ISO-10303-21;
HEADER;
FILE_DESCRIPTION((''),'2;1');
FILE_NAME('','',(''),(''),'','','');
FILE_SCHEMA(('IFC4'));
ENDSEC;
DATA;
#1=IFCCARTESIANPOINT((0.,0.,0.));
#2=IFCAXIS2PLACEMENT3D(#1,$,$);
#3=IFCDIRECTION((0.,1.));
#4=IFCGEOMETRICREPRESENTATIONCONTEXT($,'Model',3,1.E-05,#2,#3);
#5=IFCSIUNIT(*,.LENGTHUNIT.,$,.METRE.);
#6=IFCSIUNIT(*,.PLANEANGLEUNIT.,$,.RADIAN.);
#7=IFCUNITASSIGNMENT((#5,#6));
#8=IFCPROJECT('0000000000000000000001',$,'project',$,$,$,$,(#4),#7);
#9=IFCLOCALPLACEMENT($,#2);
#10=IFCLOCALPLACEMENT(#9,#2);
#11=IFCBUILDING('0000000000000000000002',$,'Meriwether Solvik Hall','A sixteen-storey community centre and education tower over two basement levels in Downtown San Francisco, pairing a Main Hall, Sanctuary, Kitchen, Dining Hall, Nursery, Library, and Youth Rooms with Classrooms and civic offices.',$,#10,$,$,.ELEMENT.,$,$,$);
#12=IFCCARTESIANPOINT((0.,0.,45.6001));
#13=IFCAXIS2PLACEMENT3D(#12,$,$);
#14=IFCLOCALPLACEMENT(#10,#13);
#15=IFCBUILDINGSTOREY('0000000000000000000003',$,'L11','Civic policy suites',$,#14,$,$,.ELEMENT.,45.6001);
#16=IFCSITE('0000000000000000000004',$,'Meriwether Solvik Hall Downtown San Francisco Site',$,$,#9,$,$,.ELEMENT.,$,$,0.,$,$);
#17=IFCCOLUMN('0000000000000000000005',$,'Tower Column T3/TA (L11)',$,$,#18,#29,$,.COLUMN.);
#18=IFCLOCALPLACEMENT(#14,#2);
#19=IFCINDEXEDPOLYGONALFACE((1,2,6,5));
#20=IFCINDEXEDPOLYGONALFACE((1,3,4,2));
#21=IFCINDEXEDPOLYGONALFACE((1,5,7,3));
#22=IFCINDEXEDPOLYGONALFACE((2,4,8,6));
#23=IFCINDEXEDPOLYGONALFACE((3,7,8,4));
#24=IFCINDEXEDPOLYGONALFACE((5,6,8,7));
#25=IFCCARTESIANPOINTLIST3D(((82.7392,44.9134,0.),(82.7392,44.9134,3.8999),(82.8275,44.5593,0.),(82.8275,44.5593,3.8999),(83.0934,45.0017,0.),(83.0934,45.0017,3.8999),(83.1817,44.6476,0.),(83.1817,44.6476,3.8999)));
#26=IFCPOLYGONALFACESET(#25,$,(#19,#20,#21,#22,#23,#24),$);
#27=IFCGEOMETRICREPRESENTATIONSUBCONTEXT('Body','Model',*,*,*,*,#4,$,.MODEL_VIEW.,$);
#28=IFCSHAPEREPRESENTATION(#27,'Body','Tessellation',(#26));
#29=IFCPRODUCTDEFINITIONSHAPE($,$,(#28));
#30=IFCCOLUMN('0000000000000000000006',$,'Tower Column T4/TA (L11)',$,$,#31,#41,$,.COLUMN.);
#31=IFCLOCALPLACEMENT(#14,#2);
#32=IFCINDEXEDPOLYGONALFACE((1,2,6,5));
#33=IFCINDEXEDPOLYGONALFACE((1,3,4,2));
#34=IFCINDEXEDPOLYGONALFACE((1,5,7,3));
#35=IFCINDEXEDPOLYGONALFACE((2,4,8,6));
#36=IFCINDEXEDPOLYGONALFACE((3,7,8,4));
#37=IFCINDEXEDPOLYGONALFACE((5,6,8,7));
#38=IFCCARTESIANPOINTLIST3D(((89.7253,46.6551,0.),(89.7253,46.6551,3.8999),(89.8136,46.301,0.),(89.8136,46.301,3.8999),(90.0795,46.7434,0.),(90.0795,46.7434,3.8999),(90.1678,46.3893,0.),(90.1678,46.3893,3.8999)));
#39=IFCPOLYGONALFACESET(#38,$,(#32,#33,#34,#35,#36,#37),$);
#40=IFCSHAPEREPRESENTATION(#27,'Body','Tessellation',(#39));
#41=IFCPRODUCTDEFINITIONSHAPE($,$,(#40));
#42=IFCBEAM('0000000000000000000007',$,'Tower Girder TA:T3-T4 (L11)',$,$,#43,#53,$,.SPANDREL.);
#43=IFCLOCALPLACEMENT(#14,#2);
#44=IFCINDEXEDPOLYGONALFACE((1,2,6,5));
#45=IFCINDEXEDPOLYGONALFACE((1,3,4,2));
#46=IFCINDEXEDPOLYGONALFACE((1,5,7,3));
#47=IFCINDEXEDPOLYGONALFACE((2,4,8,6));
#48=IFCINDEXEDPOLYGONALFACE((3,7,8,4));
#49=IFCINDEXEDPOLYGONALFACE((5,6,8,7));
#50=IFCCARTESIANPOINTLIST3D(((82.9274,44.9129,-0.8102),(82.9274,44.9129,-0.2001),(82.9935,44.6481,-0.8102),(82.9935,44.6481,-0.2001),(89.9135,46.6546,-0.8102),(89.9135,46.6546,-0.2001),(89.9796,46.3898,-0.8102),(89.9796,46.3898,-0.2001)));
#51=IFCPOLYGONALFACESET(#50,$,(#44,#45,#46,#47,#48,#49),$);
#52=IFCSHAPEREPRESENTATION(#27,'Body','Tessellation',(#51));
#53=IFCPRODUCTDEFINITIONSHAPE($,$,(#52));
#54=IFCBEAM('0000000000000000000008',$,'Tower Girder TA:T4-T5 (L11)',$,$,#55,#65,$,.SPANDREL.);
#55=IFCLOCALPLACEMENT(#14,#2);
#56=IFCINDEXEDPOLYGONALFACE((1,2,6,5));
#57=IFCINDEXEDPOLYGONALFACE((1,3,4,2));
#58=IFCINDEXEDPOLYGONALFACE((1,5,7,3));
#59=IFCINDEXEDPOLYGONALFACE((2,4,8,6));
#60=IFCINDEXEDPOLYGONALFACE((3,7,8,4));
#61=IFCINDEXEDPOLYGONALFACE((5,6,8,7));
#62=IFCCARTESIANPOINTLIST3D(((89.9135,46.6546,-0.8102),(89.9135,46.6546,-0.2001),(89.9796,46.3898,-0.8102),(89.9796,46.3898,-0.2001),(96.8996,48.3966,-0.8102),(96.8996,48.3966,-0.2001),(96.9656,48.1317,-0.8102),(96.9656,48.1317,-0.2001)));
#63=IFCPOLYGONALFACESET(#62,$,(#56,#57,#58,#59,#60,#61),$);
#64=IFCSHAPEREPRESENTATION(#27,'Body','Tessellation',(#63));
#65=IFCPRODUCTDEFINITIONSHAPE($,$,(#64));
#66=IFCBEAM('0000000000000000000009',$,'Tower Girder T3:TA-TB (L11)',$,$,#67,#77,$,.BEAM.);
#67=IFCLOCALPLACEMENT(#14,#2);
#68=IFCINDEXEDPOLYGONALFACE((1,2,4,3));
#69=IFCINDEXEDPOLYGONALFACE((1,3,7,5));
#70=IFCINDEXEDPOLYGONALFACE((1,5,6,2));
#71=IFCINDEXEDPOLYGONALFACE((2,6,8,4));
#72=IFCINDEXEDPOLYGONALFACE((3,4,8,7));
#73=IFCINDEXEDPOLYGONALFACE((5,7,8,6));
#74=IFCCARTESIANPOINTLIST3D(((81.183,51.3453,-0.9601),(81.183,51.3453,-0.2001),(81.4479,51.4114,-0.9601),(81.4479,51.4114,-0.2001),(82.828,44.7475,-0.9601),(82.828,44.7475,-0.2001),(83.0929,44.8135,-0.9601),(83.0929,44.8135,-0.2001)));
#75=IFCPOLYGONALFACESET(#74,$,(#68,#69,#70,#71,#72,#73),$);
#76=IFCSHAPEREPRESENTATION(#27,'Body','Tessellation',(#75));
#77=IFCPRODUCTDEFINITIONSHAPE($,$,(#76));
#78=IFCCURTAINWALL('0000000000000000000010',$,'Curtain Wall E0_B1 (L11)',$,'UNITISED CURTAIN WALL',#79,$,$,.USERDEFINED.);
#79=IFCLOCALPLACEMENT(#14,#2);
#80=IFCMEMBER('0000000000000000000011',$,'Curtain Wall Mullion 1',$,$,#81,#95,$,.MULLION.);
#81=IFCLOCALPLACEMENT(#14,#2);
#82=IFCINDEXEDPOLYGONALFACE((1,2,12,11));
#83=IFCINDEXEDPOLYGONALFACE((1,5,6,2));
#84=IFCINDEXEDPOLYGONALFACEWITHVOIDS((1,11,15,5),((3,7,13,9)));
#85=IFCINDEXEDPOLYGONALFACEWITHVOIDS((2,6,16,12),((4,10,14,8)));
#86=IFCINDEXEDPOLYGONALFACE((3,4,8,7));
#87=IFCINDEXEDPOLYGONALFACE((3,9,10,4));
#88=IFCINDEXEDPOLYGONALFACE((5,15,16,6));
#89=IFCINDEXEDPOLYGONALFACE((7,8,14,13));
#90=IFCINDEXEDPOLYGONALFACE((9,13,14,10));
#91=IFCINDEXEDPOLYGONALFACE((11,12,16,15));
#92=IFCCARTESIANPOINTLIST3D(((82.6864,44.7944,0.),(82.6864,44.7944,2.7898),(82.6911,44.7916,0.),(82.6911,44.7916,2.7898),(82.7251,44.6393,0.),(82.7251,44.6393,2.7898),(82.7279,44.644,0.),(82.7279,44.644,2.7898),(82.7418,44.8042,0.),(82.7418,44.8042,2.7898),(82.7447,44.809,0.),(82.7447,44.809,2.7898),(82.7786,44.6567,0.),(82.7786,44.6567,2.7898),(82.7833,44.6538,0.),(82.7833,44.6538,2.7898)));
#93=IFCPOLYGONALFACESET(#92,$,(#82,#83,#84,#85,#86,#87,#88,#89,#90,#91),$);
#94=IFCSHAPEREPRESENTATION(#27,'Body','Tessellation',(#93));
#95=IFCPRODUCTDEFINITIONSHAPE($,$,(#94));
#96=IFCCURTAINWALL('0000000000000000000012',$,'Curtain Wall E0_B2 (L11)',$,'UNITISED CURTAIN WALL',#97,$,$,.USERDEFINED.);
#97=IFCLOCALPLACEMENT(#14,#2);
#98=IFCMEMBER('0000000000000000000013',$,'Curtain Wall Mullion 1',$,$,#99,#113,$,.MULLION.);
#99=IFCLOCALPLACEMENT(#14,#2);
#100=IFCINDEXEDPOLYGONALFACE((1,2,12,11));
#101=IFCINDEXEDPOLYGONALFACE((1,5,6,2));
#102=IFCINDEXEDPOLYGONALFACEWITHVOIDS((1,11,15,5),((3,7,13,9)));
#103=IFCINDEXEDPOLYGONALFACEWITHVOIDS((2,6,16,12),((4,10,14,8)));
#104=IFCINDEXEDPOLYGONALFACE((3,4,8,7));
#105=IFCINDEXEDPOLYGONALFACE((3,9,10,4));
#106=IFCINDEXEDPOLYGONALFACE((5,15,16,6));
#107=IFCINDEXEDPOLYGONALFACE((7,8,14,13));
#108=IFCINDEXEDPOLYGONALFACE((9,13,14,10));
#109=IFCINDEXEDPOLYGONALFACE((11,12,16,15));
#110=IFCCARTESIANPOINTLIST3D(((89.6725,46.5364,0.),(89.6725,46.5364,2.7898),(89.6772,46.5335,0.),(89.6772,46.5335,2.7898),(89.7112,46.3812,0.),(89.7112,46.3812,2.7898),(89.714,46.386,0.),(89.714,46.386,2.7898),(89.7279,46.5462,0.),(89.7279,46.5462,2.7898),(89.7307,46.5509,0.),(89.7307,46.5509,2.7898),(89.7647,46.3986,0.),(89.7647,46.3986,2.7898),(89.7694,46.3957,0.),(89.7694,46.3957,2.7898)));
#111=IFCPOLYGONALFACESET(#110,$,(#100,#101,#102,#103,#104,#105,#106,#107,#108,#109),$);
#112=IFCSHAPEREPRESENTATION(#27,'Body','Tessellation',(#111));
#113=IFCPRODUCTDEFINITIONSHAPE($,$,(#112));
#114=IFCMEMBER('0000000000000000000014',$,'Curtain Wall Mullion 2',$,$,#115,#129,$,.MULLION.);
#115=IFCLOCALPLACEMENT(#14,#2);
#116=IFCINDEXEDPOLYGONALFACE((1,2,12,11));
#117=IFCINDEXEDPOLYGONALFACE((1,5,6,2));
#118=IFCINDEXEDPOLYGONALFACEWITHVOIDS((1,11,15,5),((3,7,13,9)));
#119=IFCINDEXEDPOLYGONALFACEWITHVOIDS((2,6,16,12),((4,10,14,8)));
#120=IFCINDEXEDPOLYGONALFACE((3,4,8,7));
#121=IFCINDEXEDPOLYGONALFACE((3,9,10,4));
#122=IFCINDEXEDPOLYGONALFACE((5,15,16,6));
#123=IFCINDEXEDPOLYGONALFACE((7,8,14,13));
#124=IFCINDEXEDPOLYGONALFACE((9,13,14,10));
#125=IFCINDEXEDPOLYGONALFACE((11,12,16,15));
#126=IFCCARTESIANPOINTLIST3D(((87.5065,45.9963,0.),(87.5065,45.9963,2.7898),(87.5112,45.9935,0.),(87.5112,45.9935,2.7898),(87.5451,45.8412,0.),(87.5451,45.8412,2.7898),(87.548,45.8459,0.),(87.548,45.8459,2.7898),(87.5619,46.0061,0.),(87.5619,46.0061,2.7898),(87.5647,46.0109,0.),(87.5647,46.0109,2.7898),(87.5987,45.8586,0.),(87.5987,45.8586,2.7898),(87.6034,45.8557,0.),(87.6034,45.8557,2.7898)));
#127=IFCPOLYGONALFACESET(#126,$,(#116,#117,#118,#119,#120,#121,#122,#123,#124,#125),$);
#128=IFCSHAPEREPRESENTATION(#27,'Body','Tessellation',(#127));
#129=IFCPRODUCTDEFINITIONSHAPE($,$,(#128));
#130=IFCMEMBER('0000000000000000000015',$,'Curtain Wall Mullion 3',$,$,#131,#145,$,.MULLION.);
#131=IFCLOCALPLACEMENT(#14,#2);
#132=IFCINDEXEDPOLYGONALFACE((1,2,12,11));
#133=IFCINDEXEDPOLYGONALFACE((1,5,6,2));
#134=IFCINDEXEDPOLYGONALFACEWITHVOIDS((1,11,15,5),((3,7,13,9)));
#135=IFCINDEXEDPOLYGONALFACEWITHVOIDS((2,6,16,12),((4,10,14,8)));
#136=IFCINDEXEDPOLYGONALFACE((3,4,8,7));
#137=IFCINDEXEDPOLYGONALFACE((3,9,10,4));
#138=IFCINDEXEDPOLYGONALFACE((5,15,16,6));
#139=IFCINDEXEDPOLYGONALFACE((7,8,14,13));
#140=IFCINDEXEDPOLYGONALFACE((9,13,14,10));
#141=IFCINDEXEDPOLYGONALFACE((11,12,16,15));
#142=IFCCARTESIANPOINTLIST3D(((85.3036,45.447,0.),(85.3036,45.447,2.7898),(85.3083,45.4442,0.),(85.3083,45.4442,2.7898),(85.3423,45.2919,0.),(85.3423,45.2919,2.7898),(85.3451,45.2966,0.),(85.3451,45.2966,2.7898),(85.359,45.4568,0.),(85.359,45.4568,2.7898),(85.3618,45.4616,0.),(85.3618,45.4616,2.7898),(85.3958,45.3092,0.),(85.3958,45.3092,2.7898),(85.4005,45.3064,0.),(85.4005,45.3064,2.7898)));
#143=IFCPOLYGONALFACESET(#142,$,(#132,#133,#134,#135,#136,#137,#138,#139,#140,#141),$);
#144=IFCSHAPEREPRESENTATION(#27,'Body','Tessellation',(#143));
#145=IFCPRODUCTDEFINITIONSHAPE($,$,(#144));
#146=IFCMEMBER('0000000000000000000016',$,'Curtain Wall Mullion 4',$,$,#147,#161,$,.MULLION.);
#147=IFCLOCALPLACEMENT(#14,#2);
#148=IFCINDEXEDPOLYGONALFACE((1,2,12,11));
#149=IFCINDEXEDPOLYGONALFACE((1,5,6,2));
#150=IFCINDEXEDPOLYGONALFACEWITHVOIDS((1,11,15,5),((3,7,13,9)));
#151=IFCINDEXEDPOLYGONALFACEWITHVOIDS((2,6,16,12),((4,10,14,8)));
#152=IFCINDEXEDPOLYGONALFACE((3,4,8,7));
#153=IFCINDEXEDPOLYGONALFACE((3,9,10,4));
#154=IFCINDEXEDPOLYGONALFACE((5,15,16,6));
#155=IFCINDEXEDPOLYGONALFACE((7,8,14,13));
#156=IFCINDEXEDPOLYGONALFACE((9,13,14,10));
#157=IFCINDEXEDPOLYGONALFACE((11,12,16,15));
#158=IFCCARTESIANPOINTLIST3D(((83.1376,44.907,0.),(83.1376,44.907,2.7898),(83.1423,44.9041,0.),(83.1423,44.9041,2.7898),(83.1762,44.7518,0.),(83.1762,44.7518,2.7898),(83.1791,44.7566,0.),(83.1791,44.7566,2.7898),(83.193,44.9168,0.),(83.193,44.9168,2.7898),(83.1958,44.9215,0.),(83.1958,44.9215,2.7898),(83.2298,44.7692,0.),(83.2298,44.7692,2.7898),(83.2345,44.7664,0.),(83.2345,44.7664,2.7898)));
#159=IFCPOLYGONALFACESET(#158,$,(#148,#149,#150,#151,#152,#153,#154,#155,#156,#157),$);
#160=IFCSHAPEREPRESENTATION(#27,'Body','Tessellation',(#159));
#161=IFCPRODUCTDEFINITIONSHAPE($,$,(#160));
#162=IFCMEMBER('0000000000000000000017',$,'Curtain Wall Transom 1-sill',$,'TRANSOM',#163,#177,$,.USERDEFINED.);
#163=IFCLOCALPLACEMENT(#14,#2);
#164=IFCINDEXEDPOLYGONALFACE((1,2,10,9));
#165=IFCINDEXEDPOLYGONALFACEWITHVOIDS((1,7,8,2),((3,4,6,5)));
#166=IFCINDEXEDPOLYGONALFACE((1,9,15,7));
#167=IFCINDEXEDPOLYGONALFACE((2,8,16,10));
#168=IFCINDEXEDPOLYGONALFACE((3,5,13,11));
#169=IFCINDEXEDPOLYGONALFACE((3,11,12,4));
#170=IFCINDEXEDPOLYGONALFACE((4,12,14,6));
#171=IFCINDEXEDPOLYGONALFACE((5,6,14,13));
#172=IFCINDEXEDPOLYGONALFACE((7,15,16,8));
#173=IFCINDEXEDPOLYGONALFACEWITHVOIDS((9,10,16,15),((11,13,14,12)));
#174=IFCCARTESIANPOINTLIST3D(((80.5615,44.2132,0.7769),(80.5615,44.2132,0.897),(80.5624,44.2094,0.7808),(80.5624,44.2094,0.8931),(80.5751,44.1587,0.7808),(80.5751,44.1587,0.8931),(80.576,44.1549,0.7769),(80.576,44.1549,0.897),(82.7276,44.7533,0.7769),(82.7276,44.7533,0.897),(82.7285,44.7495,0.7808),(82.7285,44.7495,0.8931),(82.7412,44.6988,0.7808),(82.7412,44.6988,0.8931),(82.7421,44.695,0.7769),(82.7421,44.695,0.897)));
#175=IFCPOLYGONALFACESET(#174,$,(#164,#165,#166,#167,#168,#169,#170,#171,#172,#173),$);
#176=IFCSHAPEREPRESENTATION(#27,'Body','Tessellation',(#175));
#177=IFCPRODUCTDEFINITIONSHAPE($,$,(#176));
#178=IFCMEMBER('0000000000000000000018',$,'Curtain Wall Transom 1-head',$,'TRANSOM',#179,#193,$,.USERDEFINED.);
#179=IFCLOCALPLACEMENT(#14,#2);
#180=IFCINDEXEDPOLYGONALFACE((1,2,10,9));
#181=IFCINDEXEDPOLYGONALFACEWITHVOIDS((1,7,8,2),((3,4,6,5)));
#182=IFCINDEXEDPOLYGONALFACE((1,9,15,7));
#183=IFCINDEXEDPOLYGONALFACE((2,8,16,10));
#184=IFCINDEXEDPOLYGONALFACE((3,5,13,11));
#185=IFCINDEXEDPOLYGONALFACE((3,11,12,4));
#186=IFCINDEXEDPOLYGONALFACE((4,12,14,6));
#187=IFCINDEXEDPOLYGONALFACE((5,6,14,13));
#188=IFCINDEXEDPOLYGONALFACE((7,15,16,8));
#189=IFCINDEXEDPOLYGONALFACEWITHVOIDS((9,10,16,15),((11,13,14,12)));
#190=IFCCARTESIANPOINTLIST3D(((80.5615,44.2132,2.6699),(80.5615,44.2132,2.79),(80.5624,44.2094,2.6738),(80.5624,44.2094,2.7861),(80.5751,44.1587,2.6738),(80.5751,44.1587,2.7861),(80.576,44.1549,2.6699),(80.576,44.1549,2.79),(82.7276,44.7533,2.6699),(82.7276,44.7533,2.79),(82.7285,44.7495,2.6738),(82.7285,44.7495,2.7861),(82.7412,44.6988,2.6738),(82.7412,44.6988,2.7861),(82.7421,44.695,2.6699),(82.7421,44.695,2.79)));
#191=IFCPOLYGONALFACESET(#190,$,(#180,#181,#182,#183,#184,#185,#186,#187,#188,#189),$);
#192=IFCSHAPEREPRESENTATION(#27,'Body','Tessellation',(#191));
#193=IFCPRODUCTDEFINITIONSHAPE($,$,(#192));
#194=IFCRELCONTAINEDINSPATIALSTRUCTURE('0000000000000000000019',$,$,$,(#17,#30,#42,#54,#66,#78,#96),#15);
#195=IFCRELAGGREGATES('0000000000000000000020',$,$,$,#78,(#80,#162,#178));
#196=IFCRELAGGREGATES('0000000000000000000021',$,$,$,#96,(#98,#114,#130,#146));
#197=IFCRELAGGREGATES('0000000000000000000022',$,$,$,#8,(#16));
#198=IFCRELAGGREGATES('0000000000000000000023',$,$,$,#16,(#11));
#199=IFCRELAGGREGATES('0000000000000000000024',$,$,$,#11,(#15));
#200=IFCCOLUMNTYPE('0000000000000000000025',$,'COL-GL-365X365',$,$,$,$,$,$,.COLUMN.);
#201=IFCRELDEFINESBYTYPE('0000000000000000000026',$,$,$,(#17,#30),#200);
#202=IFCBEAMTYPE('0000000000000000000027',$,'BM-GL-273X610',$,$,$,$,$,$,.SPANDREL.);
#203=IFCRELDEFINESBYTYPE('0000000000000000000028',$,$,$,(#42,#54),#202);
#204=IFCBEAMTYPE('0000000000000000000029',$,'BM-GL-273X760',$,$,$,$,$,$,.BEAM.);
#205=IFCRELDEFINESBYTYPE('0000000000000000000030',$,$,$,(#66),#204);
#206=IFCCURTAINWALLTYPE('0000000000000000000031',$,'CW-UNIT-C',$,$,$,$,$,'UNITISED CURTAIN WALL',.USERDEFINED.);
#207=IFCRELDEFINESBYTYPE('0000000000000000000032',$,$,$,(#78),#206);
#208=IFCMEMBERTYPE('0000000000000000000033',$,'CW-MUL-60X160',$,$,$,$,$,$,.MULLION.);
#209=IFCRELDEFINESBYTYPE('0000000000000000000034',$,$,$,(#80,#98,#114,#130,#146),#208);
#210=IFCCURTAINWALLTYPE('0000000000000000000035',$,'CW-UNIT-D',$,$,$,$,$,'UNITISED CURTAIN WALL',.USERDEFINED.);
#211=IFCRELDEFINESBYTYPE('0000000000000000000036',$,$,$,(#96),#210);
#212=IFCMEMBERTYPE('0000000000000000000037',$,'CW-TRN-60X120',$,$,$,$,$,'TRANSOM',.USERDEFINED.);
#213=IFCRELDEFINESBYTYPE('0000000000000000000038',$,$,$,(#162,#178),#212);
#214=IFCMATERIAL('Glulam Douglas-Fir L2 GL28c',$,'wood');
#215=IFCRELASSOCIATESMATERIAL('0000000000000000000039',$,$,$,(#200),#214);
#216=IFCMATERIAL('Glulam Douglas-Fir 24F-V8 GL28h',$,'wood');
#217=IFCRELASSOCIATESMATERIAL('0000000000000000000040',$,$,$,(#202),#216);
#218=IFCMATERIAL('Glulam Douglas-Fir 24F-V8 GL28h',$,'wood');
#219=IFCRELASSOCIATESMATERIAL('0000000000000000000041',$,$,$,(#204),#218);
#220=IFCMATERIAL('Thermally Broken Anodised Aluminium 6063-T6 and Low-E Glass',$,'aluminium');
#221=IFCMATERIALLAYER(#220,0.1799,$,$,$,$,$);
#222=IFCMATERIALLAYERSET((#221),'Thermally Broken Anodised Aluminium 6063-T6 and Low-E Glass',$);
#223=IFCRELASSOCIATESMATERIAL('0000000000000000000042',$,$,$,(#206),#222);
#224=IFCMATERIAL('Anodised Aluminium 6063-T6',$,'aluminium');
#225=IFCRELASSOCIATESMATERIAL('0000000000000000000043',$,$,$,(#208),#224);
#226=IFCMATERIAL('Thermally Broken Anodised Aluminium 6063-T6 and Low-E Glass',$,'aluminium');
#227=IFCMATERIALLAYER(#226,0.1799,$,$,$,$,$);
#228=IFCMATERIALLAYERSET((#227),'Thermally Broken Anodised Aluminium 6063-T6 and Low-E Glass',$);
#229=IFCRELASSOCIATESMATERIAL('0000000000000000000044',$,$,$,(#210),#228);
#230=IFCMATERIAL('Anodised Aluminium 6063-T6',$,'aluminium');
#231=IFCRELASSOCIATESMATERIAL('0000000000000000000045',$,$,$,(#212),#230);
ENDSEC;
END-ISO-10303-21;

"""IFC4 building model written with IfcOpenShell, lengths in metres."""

from ifc_helpers import new_model, si_unit, direction, frame, origin, origin_2d, place, context, subcontext, project, spatial, rectangle, hollow_rectangle, extrude, material, layer, layer_set, material_profile, profile_set, type_object, element, aggregate, save


model = new_model("IFC4")

# Units and contexts
model_context = context("Model", 3, precision=1e-05, world=origin(), true_north=direction((0.0, 1.0)))
body_context = subcontext(model_context, "Body", "Model", "MODEL_VIEW")
ifc_project = project(units=[si_unit("LENGTHUNIT", "METRE"), si_unit("PLANEANGLEUNIT", "RADIAN")], contexts=[model_context])

# Site, building, storey
site_placement = place(None, origin())
site = spatial("IfcSite", under=ifc_project, at=site_placement, Name="Meriwether Solvik Hall Downtown San Francisco Site", CompositionType="ELEMENT", RefElevation=0.0)
building_placement = place(site_placement, origin())
building = spatial("IfcBuilding", under=site, at=building_placement, Name="Meriwether Solvik Hall", Description="A sixteen-storey community centre and education tower over two basement levels in Downtown San Francisco, pairing a Main Hall, Sanctuary, Kitchen, Dining Hall, Nursery, Library, and Youth Rooms with Classrooms and civic offices.", CompositionType="ELEMENT")
storey_placement = place(building_placement, frame((0.0, 0.0, 45.6001)))
storey = spatial("IfcBuildingStorey", under=building, at=storey_placement, Name="L11", Description="Civic policy suites", CompositionType="ELEMENT", Elevation=45.6001)

# Columns
ifc_material_1 = material(Name="Glulam Douglas-Fir L2 GL28c", Category="wood")
ifc_material_profile_1 = material_profile(ifc_material_1, rectangle(XDim=0.365, YDim=0.365, at=origin_2d()), Name="GLC-365X365")
ifc_profile_set_1 = profile_set([ifc_material_profile_1], Name="Glulam Douglas-Fir L2 GL28c")
column_type = type_object("IfcColumnType", Name="COL-GL-365X365", PredefinedType="COLUMN", material=ifc_profile_set_1)
for number, where, z_axis, x_axis, name in (
    (1, (82.9604, 44.7805, 0.0), (0.0, 0.0, 1.0), (0.970296, 0.241922, 0.0), "Tower Column T3/TA (L11)"),
    (2, (89.9465, 46.5222, 0.0), (0.0, 0.0, 1.0), (0.970296, 0.241922, 0.0), "Tower Column T4/TA (L11)"),
):
    element("IfcColumn", number, at=place(storey_placement, frame(where, z_axis=z_axis, x_axis=x_axis)), inside=storey, type_object=column_type, Name=name, PredefinedType="COLUMN", context=body_context, shape_type="SweptSolid", body=[
        extrude(rectangle(XDim=0.365, YDim=0.365, at=origin_2d()), origin(), (0.0, 0.0, 1.0), 3.8999),
    ])

# Beams
ifc_material_2 = material(Name="Glulam Douglas-Fir 24F-V8 GL28h", Category="wood")
ifc_material_profile_2 = material_profile(ifc_material_2, rectangle(XDim=0.2729, YDim=0.6101, at=origin_2d()), Name="GLB-273X610")
ifc_profile_set_2 = profile_set([ifc_material_profile_2], Name="Glulam Douglas-Fir 24F-V8 GL28h")
beam_type_1 = type_object("IfcBeamType", Name="BM-GL-273X610", PredefinedType="SPANDREL", material=ifc_profile_set_2)
for number, where, z_axis, x_axis, name in (
    (3, (82.9604, 44.7805, -0.5051), (0.9703, 0.241905, 0.0), (-0.241905, 0.9703, 0.0), "Tower Girder TA:T3-T4 (L11)"),
    (4, (89.9465, 46.5222, -0.5051), (0.970292, 0.241937, 0.0), (-0.241937, 0.970292, 0.0), "Tower Girder TA:T4-T5 (L11)"),
):
    element("IfcBeam", number, at=place(storey_placement, frame(where, z_axis=z_axis, x_axis=x_axis)), inside=storey, type_object=beam_type_1, Name=name, PredefinedType="SPANDREL", context=body_context, shape_type="SweptSolid", body=[
        extrude(rectangle(XDim=0.2729, YDim=0.6101, at=origin_2d()), origin(), (0.0, 0.0, 1.0), 7.2),
    ])
ifc_material_3 = material(Name="Glulam Douglas-Fir 24F-V8 GL28h", Category="wood")
ifc_material_profile_3 = material_profile(ifc_material_3, rectangle(XDim=0.2729, YDim=0.76, at=origin_2d()), Name="GLB-273X760")
ifc_profile_set_3 = profile_set([ifc_material_profile_3], Name="Glulam Douglas-Fir 24F-V8 GL28h")
beam_type_2 = type_object("IfcBeamType", Name="BM-GL-273X760", PredefinedType="BEAM", material=ifc_profile_set_3)
beam_1_placement = place(storey_placement, frame((82.9604, 44.7805, -0.5801), z_axis=(-0.241919, 0.970296, 0.0), x_axis=(-0.970296, -0.241919, 0.0)))
element("IfcBeam", 5, at=beam_1_placement, inside=storey, type_object=beam_type_2, Name="Tower Girder T3:TA-TB (L11)", PredefinedType="BEAM", context=body_context, shape_type="SweptSolid", body=[
    extrude(rectangle(XDim=0.2729, YDim=0.76, at=origin_2d()), origin(), (0.0, 0.0, 1.0), 6.7998),
])

# Curtain wall, member
ifc_material_4 = material(Name="Thermally Broken Anodised Aluminium 6063-T6 and Low-E Glass", Category="aluminium")
ifc_layer_1 = layer(ifc_material_4, 0.1799)
ifc_layer_set_1 = layer_set([ifc_layer_1], Name="Thermally Broken Anodised Aluminium 6063-T6 and Low-E Glass")
curtain_wall_type_1 = type_object("IfcCurtainWallType", Name="CW-UNIT-C", ElementType="UNITISED CURTAIN WALL", PredefinedType="USERDEFINED", material=ifc_layer_set_1)
curtain_wall_1_placement = place(storey_placement, origin())
curtain_wall_1 = element("IfcCurtainWall", 6, at=curtain_wall_1_placement, inside=storey, type_object=curtain_wall_type_1, Name="Curtain Wall E0_B1 (L11)", ObjectType="UNITISED CURTAIN WALL", PredefinedType="USERDEFINED")
ifc_material_5 = material(Name="Anodised Aluminium 6063-T6", Category="aluminium")
ifc_material_profile_4 = material_profile(ifc_material_5, hollow_rectangle(XDim=0.0601, YDim=0.1599, WallThickness=0.0039, at=origin_2d()), Name="CWM-60X160")
ifc_profile_set_4 = profile_set([ifc_material_profile_4], Name="Anodised Aluminium 6063-T6")
member_type_1 = type_object("IfcMemberType", Name="CW-MUL-60X160", PredefinedType="MULLION", material=ifc_profile_set_4)
member_1_placement = place(storey_placement, frame((82.7349, 44.7241, 0.0), z_axis=(0.0, 0.0, 1.0), x_axis=(-0.970296, -0.241922, 0.0)))
member_1 = element("IfcMember", 7, at=member_1_placement, type_object=member_type_1, Name="Curtain Wall Mullion 1", PredefinedType="MULLION", context=body_context, shape_type="SweptSolid", body=[
    extrude(hollow_rectangle(XDim=0.0601, YDim=0.1599, WallThickness=0.0039, at=origin_2d()), origin(), (0.0, 0.0, 1.0), 2.7898),
])

# Curtain wall, members
ifc_material_6 = material(Name="Thermally Broken Anodised Aluminium 6063-T6 and Low-E Glass", Category="aluminium")
ifc_layer_2 = layer(ifc_material_6, 0.1799)
ifc_layer_set_2 = layer_set([ifc_layer_2], Name="Thermally Broken Anodised Aluminium 6063-T6 and Low-E Glass")
curtain_wall_type_2 = type_object("IfcCurtainWallType", Name="CW-UNIT-D", ElementType="UNITISED CURTAIN WALL", PredefinedType="USERDEFINED", material=ifc_layer_set_2)
curtain_wall_2_placement = place(storey_placement, origin())
curtain_wall_2 = element("IfcCurtainWall", 8, at=curtain_wall_2_placement, inside=storey, type_object=curtain_wall_type_2, Name="Curtain Wall E0_B2 (L11)", ObjectType="UNITISED CURTAIN WALL", PredefinedType="USERDEFINED")
member_2_placement = place(storey_placement, frame((89.7209, 46.4661, 0.0), z_axis=(0.0, 0.0, 1.0), x_axis=(-0.970296, -0.241922, 0.0)))
member_2 = element("IfcMember", 9, at=member_2_placement, type_object=member_type_1, Name="Curtain Wall Mullion 1", PredefinedType="MULLION", context=body_context, shape_type="SweptSolid", body=[
    extrude(hollow_rectangle(XDim=0.0601, YDim=0.1599, WallThickness=0.0039, at=origin_2d()), origin(), (0.0, 0.0, 1.0), 2.7898),
])
member_3_placement = place(storey_placement, frame((87.5549, 45.926, 0.0), z_axis=(0.0, 0.0, 1.0), x_axis=(-0.970296, -0.241922, 0.0)))
member_3 = element("IfcMember", 10, at=member_3_placement, type_object=member_type_1, Name="Curtain Wall Mullion 2", PredefinedType="MULLION", context=body_context, shape_type="SweptSolid", body=[
    extrude(hollow_rectangle(XDim=0.0601, YDim=0.1599, WallThickness=0.0039, at=origin_2d()), origin(), (0.0, 0.0, 1.0), 2.7898),
])
member_4_placement = place(storey_placement, frame((85.3521, 45.3767, 0.0), z_axis=(0.0, 0.0, 1.0), x_axis=(-0.970296, -0.241922, 0.0)))
member_4 = element("IfcMember", 11, at=member_4_placement, type_object=member_type_1, Name="Curtain Wall Mullion 3", PredefinedType="MULLION", context=body_context, shape_type="SweptSolid", body=[
    extrude(hollow_rectangle(XDim=0.0601, YDim=0.1599, WallThickness=0.0039, at=origin_2d()), origin(), (0.0, 0.0, 1.0), 2.7898),
])
member_5_placement = place(storey_placement, frame((83.186, 44.8367, 0.0), z_axis=(0.0, 0.0, 1.0), x_axis=(-0.970296, -0.241922, 0.0)))
member_5 = element("IfcMember", 12, at=member_5_placement, type_object=member_type_1, Name="Curtain Wall Mullion 4", PredefinedType="MULLION", context=body_context, shape_type="SweptSolid", body=[
    extrude(hollow_rectangle(XDim=0.0601, YDim=0.1599, WallThickness=0.0039, at=origin_2d()), origin(), (0.0, 0.0, 1.0), 2.7898),
])

# Members
ifc_material_7 = material(Name="Anodised Aluminium 6063-T6", Category="aluminium")
ifc_material_profile_5 = material_profile(ifc_material_7, hollow_rectangle(XDim=0.0601, YDim=0.1201, WallThickness=0.0039, at=origin_2d()), Name="CWT-60X120")
ifc_profile_set_5 = profile_set([ifc_material_profile_5], Name="Anodised Aluminium 6063-T6")
member_type_2 = type_object("IfcMemberType", Name="CW-TRN-60X120", ElementType="TRANSOM", PredefinedType="USERDEFINED", material=ifc_profile_set_5)
member_6_placement = place(storey_placement, frame((82.7349, 44.7241, 0.8369), z_axis=(-0.970297, -0.241918, 0.0), x_axis=(0.241918, -0.970297, 0.0)))
member_6 = element("IfcMember", 13, at=member_6_placement, type_object=member_type_2, Name="Curtain Wall Transom 1-sill", ObjectType="TRANSOM", PredefinedType="USERDEFINED", context=body_context, shape_type="SweptSolid", body=[
    extrude(hollow_rectangle(XDim=0.0601, YDim=0.1201, WallThickness=0.0039, at=origin_2d()), origin(), (0.0, 0.0, 1.0), 2.2324),
])
member_7_placement = place(storey_placement, frame((82.7349, 44.7241, 2.73), z_axis=(-0.970297, -0.241918, 0.0), x_axis=(0.241918, -0.970297, 0.0)))
member_7 = element("IfcMember", 14, at=member_7_placement, type_object=member_type_2, Name="Curtain Wall Transom 1-head", ObjectType="TRANSOM", PredefinedType="USERDEFINED", context=body_context, shape_type="SweptSolid", body=[
    extrude(hollow_rectangle(XDim=0.0601, YDim=0.1201, WallThickness=0.0039, at=origin_2d()), origin(), (0.0, 0.0, 1.0), 2.2324),
])

aggregate(curtain_wall_1, [member_1, member_6, member_7])
aggregate(curtain_wall_2, [member_2, member_3, member_4, member_5])

save(model, "model.ifc")
